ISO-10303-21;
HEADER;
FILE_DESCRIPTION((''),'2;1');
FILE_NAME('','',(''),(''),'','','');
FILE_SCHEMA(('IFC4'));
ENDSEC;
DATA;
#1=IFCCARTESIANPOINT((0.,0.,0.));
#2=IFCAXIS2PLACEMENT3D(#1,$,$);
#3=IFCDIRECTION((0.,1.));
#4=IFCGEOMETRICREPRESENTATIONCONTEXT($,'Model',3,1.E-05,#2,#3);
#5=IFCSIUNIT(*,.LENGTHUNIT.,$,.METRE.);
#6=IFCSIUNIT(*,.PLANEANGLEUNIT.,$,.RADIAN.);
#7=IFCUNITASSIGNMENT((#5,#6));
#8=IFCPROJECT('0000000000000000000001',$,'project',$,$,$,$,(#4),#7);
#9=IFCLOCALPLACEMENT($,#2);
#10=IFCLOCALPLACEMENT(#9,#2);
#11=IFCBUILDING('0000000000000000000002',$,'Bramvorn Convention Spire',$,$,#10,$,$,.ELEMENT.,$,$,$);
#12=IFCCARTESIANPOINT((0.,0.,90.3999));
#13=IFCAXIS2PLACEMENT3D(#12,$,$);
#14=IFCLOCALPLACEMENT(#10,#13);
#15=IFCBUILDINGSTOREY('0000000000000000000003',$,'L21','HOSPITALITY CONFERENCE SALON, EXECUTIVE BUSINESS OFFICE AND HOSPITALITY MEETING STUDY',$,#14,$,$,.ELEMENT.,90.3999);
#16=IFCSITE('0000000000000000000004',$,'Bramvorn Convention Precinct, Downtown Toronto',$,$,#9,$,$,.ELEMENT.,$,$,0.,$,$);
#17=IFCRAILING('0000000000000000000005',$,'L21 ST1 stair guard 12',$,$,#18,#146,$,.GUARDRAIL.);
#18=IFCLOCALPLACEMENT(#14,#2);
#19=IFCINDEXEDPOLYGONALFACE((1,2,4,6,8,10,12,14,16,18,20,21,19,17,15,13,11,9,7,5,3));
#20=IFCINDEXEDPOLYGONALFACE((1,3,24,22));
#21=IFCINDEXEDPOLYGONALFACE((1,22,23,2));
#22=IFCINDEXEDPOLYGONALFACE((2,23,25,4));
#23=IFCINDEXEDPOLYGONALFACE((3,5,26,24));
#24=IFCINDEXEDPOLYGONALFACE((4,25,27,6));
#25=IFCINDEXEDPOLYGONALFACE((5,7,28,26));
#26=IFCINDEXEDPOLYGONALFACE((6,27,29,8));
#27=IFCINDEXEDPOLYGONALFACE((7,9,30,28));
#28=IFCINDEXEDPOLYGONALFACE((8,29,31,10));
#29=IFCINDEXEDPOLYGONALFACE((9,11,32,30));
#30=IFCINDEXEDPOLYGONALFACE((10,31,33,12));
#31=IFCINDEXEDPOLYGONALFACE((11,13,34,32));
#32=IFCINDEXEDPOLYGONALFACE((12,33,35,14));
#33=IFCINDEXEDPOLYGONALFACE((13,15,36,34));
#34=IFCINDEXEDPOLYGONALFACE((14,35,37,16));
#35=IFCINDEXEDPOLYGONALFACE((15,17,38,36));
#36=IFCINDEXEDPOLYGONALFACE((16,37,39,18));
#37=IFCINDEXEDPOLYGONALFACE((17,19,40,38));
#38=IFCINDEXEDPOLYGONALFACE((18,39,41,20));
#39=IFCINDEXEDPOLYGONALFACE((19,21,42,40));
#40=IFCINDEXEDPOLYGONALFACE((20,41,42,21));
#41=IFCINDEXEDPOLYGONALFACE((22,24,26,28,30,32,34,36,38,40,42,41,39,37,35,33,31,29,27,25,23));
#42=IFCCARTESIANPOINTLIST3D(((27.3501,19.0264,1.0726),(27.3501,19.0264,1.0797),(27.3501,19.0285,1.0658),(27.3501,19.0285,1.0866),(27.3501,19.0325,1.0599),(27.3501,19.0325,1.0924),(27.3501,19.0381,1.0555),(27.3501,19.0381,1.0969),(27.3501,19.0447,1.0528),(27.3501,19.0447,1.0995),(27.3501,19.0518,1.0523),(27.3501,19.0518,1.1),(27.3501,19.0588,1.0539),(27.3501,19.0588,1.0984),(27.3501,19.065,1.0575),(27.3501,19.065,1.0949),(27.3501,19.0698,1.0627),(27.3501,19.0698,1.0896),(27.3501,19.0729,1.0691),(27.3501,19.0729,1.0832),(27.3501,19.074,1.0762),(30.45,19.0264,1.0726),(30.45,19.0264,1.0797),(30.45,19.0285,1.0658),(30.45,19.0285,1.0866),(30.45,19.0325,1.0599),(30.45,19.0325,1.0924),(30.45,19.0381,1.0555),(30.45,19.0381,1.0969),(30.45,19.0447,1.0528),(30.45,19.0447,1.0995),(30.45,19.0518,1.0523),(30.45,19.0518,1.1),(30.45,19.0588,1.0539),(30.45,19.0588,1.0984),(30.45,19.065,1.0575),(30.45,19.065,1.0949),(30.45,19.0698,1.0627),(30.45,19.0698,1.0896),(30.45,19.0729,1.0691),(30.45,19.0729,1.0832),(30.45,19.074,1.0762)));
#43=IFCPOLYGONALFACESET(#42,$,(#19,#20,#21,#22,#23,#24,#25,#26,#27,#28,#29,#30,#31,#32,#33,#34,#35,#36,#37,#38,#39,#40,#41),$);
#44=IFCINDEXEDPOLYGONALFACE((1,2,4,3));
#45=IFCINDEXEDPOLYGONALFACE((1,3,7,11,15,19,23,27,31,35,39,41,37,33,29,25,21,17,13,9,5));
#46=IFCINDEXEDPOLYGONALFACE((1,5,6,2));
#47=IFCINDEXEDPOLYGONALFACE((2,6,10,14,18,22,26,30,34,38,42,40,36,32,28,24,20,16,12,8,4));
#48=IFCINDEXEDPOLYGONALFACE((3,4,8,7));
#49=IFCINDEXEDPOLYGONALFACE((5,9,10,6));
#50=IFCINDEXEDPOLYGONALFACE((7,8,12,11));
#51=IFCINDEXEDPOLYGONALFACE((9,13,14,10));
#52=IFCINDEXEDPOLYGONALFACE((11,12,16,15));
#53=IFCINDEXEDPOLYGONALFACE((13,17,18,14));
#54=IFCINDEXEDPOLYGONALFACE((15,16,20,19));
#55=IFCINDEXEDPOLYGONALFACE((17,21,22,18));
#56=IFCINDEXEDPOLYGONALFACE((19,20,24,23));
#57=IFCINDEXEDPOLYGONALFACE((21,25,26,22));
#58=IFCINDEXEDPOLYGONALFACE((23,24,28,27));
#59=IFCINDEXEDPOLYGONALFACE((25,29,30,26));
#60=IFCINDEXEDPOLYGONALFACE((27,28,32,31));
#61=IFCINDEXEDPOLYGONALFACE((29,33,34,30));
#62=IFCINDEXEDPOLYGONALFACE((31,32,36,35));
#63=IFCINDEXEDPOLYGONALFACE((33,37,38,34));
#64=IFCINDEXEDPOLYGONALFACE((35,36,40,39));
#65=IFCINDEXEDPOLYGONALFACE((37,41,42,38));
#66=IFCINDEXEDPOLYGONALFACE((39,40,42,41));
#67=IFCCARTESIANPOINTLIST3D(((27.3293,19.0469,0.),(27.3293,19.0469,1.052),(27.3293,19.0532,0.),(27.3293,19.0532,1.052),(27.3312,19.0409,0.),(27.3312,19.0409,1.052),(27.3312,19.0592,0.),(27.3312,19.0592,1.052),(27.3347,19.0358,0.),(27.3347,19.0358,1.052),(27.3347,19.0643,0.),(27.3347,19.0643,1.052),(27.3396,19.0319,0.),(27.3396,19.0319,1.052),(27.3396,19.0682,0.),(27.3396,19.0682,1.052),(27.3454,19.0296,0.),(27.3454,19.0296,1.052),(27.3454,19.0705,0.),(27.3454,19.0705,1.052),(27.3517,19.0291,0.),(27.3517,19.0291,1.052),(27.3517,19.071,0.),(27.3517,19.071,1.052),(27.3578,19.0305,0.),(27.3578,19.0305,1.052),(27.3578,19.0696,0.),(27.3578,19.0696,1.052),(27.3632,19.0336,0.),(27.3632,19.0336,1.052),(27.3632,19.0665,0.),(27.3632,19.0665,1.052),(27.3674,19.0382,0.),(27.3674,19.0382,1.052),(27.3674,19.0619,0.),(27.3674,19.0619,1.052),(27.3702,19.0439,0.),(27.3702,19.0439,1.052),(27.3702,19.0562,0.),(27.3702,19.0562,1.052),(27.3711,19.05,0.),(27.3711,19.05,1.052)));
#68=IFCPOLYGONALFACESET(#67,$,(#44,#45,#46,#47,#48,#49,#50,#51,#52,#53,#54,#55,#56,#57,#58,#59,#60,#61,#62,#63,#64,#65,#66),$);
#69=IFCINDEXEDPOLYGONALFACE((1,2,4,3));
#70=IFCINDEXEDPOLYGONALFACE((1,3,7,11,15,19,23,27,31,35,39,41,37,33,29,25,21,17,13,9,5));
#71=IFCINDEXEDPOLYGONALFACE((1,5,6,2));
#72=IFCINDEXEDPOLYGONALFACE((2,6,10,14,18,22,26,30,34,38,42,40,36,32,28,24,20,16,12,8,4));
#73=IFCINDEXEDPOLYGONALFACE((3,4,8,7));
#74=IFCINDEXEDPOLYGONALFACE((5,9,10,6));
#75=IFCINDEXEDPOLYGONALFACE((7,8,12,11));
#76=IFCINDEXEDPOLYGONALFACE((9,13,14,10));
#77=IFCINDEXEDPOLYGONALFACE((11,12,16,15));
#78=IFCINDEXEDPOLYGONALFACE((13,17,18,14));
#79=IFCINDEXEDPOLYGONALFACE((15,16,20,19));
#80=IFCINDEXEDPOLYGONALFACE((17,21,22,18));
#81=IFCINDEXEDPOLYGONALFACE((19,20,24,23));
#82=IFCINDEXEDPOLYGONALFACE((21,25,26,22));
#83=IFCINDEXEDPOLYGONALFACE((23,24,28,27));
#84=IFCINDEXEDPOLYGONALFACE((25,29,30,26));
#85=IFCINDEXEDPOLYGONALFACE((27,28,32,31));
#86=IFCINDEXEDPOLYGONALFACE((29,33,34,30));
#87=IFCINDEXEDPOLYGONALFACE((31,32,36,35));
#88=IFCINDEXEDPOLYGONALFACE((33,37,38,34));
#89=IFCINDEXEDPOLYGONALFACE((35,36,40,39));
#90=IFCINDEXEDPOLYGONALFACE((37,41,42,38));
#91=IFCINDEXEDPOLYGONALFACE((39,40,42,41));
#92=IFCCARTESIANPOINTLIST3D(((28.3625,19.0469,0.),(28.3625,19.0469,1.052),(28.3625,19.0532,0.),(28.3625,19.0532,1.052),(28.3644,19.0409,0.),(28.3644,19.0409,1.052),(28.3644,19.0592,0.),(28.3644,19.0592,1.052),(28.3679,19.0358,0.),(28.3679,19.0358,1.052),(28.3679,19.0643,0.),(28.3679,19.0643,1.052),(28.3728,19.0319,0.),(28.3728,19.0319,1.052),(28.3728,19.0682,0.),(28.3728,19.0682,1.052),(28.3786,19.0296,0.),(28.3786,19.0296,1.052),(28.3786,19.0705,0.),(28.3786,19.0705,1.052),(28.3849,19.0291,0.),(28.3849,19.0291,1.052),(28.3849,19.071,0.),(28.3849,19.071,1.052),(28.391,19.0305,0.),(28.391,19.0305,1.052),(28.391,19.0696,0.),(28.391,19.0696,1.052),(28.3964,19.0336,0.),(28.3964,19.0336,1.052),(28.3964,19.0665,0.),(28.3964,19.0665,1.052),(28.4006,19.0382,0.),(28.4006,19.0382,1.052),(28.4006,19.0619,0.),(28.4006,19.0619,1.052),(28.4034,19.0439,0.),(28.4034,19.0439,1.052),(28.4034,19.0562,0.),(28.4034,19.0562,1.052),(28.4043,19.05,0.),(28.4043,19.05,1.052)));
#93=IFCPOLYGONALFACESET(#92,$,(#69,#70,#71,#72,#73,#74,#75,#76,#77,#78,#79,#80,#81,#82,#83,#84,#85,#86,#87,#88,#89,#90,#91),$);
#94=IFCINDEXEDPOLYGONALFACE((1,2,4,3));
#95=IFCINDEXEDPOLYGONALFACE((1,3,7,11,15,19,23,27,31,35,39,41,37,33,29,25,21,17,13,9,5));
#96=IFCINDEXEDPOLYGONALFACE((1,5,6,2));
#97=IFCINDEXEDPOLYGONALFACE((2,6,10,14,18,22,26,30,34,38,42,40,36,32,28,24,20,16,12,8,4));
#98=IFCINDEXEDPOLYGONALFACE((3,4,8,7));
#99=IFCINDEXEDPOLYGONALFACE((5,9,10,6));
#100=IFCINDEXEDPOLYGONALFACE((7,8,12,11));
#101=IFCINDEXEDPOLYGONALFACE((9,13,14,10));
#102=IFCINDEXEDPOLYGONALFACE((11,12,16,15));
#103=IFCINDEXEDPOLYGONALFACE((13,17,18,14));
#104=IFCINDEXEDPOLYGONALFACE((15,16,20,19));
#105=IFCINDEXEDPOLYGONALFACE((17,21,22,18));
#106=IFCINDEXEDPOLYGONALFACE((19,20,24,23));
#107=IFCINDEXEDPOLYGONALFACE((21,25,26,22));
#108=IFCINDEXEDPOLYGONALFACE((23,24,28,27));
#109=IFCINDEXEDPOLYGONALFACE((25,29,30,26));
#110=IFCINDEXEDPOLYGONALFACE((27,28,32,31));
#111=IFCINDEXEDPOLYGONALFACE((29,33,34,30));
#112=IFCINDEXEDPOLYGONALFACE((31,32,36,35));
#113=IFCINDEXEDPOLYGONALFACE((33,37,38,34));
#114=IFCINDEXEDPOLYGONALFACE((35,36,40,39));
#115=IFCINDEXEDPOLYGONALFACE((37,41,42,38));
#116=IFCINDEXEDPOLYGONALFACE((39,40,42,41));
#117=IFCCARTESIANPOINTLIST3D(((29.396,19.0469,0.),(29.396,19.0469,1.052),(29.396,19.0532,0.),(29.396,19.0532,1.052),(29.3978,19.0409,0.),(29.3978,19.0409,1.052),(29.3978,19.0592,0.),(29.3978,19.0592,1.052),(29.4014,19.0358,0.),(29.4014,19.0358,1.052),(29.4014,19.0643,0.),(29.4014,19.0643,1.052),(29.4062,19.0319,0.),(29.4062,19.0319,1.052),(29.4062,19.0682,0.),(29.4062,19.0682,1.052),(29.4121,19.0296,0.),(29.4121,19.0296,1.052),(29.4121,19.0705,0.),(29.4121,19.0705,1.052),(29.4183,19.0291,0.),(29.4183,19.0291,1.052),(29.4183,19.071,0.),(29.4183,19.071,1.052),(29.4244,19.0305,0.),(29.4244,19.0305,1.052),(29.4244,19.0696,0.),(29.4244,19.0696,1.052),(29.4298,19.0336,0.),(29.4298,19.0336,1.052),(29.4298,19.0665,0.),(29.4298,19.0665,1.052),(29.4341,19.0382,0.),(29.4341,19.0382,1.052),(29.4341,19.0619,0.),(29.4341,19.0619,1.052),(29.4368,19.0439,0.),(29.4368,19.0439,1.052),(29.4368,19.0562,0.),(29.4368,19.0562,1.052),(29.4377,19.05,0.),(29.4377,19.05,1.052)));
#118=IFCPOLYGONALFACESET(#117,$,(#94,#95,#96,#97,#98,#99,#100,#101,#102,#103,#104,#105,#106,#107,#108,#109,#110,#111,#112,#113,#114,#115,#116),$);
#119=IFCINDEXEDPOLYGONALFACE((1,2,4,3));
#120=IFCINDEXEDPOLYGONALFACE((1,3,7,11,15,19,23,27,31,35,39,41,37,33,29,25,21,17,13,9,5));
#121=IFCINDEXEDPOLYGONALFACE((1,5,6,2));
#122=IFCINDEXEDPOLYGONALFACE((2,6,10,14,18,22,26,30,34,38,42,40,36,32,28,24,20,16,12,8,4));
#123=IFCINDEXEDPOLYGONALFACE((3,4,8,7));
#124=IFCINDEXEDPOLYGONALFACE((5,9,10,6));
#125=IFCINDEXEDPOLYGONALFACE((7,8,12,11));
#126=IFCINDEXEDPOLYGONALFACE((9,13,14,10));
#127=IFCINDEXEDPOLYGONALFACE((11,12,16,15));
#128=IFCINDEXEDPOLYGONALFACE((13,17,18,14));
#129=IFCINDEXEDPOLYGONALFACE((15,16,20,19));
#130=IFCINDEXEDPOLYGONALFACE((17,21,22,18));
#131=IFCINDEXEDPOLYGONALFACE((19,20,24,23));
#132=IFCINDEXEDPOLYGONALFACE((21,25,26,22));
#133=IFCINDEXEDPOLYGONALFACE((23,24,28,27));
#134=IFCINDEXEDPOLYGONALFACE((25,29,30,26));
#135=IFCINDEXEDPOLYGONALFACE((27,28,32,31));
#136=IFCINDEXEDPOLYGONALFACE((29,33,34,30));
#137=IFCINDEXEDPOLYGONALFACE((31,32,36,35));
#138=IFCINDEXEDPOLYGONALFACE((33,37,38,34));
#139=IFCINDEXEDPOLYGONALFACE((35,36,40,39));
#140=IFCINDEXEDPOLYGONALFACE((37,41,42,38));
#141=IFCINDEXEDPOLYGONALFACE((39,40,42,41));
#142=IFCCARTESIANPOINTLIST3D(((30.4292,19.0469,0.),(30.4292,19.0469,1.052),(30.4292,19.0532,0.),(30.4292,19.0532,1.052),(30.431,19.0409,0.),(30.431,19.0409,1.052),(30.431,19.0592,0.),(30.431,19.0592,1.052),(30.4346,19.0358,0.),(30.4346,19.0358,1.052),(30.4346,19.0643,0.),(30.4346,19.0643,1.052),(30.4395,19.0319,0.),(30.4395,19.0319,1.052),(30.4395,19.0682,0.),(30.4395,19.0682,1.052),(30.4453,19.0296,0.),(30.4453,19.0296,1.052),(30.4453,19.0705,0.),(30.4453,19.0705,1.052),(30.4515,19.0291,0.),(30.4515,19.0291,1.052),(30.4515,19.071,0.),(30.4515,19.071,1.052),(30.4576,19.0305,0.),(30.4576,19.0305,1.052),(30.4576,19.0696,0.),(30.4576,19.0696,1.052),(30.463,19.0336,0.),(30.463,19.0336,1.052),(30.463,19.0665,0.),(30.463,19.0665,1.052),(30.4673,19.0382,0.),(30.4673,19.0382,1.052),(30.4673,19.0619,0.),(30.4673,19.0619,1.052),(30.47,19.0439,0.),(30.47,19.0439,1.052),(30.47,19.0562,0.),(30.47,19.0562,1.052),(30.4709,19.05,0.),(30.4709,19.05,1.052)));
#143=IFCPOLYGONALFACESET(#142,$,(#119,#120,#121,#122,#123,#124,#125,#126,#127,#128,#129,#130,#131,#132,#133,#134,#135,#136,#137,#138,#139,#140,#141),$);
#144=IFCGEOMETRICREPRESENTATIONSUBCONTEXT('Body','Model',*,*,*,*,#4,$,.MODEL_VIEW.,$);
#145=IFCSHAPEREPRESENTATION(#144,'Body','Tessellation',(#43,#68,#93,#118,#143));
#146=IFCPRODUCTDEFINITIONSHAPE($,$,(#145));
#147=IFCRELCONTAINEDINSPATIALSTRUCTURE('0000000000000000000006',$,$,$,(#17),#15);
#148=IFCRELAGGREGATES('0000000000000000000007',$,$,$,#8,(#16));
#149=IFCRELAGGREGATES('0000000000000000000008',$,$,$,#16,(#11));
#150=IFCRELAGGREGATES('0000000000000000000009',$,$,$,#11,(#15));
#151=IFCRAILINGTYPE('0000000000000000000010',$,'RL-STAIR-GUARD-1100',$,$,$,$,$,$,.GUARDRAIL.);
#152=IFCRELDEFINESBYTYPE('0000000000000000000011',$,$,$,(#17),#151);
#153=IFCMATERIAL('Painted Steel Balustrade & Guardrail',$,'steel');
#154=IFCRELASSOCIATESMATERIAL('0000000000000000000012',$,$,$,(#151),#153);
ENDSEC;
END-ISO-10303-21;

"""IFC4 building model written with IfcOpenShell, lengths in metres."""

from ifc_helpers import new_model, si_unit, direction, frame, origin, origin_2d, place, context, subcontext, project, spatial, circle, extrude, material, type_object, element, save


model = new_model("IFC4")

# Units and contexts
model_context = context("Model", 3, precision=1e-05, world=origin(), true_north=direction((0.0, 1.0)))
body_context = subcontext(model_context, "Body", "Model", "MODEL_VIEW")
ifc_project = project(units=[si_unit("LENGTHUNIT", "METRE"), si_unit("PLANEANGLEUNIT", "RADIAN")], contexts=[model_context])

# Site, building, storey
site_placement = place(None, origin())
site = spatial("IfcSite", under=ifc_project, at=site_placement, Name="Bramvorn Convention Precinct, Downtown Toronto", CompositionType="ELEMENT", RefElevation=0.0)
building_placement = place(site_placement, origin())
building = spatial("IfcBuilding", under=site, at=building_placement, Name="Bramvorn Convention Spire", CompositionType="ELEMENT")
storey_placement = place(building_placement, frame((0.0, 0.0, 90.3999)))
storey = spatial("IfcBuildingStorey", under=building, at=storey_placement, Name="L21", Description="HOSPITALITY CONFERENCE SALON, EXECUTIVE BUSINESS OFFICE AND HOSPITALITY MEETING STUDY", CompositionType="ELEMENT", Elevation=90.3999)

# Railing
ifc_material_1 = material(Name="Painted Steel Balustrade & Guardrail", Category="steel")
railing_type = type_object("IfcRailingType", Name="RL-STAIR-GUARD-1100", PredefinedType="GUARDRAIL", material=ifc_material_1)
railing_1_placement = place(storey_placement, frame((27.3501, 19.05, 0.0)))
element("IfcRailing", 1, at=railing_1_placement, inside=storey, type_object=railing_type, Name="L21 ST1 stair guard 12", PredefinedType="GUARDRAIL", context=body_context, shape_type="SweptSolid", body=[
    extrude(circle(Radius=0.0239, at=origin_2d()), frame((0.0, 0.0, 1.0762), z_axis=(1.0, 0.0, 0.0), x_axis=(0.0, 1.0, 0.0)), (0.0, 0.0, 1.0), 3.0999),
    extrude(circle(Radius=0.021, at=origin_2d()), origin(), (0.0, 0.0, 1.0), 1.052),
    extrude(circle(Radius=0.021, at=origin_2d()), frame((1.0332, 0.0, 0.0)), (0.0, 0.0, 1.0), 1.052),
    extrude(circle(Radius=0.021, at=origin_2d()), frame((2.0667, 0.0, 0.0)), (0.0, 0.0, 1.0), 1.052),
    extrude(circle(Radius=0.021, at=origin_2d()), frame((3.0999, 0.0, 0.0)), (0.0, 0.0, 1.0), 1.052),
])

save(model, "model.ifc")
